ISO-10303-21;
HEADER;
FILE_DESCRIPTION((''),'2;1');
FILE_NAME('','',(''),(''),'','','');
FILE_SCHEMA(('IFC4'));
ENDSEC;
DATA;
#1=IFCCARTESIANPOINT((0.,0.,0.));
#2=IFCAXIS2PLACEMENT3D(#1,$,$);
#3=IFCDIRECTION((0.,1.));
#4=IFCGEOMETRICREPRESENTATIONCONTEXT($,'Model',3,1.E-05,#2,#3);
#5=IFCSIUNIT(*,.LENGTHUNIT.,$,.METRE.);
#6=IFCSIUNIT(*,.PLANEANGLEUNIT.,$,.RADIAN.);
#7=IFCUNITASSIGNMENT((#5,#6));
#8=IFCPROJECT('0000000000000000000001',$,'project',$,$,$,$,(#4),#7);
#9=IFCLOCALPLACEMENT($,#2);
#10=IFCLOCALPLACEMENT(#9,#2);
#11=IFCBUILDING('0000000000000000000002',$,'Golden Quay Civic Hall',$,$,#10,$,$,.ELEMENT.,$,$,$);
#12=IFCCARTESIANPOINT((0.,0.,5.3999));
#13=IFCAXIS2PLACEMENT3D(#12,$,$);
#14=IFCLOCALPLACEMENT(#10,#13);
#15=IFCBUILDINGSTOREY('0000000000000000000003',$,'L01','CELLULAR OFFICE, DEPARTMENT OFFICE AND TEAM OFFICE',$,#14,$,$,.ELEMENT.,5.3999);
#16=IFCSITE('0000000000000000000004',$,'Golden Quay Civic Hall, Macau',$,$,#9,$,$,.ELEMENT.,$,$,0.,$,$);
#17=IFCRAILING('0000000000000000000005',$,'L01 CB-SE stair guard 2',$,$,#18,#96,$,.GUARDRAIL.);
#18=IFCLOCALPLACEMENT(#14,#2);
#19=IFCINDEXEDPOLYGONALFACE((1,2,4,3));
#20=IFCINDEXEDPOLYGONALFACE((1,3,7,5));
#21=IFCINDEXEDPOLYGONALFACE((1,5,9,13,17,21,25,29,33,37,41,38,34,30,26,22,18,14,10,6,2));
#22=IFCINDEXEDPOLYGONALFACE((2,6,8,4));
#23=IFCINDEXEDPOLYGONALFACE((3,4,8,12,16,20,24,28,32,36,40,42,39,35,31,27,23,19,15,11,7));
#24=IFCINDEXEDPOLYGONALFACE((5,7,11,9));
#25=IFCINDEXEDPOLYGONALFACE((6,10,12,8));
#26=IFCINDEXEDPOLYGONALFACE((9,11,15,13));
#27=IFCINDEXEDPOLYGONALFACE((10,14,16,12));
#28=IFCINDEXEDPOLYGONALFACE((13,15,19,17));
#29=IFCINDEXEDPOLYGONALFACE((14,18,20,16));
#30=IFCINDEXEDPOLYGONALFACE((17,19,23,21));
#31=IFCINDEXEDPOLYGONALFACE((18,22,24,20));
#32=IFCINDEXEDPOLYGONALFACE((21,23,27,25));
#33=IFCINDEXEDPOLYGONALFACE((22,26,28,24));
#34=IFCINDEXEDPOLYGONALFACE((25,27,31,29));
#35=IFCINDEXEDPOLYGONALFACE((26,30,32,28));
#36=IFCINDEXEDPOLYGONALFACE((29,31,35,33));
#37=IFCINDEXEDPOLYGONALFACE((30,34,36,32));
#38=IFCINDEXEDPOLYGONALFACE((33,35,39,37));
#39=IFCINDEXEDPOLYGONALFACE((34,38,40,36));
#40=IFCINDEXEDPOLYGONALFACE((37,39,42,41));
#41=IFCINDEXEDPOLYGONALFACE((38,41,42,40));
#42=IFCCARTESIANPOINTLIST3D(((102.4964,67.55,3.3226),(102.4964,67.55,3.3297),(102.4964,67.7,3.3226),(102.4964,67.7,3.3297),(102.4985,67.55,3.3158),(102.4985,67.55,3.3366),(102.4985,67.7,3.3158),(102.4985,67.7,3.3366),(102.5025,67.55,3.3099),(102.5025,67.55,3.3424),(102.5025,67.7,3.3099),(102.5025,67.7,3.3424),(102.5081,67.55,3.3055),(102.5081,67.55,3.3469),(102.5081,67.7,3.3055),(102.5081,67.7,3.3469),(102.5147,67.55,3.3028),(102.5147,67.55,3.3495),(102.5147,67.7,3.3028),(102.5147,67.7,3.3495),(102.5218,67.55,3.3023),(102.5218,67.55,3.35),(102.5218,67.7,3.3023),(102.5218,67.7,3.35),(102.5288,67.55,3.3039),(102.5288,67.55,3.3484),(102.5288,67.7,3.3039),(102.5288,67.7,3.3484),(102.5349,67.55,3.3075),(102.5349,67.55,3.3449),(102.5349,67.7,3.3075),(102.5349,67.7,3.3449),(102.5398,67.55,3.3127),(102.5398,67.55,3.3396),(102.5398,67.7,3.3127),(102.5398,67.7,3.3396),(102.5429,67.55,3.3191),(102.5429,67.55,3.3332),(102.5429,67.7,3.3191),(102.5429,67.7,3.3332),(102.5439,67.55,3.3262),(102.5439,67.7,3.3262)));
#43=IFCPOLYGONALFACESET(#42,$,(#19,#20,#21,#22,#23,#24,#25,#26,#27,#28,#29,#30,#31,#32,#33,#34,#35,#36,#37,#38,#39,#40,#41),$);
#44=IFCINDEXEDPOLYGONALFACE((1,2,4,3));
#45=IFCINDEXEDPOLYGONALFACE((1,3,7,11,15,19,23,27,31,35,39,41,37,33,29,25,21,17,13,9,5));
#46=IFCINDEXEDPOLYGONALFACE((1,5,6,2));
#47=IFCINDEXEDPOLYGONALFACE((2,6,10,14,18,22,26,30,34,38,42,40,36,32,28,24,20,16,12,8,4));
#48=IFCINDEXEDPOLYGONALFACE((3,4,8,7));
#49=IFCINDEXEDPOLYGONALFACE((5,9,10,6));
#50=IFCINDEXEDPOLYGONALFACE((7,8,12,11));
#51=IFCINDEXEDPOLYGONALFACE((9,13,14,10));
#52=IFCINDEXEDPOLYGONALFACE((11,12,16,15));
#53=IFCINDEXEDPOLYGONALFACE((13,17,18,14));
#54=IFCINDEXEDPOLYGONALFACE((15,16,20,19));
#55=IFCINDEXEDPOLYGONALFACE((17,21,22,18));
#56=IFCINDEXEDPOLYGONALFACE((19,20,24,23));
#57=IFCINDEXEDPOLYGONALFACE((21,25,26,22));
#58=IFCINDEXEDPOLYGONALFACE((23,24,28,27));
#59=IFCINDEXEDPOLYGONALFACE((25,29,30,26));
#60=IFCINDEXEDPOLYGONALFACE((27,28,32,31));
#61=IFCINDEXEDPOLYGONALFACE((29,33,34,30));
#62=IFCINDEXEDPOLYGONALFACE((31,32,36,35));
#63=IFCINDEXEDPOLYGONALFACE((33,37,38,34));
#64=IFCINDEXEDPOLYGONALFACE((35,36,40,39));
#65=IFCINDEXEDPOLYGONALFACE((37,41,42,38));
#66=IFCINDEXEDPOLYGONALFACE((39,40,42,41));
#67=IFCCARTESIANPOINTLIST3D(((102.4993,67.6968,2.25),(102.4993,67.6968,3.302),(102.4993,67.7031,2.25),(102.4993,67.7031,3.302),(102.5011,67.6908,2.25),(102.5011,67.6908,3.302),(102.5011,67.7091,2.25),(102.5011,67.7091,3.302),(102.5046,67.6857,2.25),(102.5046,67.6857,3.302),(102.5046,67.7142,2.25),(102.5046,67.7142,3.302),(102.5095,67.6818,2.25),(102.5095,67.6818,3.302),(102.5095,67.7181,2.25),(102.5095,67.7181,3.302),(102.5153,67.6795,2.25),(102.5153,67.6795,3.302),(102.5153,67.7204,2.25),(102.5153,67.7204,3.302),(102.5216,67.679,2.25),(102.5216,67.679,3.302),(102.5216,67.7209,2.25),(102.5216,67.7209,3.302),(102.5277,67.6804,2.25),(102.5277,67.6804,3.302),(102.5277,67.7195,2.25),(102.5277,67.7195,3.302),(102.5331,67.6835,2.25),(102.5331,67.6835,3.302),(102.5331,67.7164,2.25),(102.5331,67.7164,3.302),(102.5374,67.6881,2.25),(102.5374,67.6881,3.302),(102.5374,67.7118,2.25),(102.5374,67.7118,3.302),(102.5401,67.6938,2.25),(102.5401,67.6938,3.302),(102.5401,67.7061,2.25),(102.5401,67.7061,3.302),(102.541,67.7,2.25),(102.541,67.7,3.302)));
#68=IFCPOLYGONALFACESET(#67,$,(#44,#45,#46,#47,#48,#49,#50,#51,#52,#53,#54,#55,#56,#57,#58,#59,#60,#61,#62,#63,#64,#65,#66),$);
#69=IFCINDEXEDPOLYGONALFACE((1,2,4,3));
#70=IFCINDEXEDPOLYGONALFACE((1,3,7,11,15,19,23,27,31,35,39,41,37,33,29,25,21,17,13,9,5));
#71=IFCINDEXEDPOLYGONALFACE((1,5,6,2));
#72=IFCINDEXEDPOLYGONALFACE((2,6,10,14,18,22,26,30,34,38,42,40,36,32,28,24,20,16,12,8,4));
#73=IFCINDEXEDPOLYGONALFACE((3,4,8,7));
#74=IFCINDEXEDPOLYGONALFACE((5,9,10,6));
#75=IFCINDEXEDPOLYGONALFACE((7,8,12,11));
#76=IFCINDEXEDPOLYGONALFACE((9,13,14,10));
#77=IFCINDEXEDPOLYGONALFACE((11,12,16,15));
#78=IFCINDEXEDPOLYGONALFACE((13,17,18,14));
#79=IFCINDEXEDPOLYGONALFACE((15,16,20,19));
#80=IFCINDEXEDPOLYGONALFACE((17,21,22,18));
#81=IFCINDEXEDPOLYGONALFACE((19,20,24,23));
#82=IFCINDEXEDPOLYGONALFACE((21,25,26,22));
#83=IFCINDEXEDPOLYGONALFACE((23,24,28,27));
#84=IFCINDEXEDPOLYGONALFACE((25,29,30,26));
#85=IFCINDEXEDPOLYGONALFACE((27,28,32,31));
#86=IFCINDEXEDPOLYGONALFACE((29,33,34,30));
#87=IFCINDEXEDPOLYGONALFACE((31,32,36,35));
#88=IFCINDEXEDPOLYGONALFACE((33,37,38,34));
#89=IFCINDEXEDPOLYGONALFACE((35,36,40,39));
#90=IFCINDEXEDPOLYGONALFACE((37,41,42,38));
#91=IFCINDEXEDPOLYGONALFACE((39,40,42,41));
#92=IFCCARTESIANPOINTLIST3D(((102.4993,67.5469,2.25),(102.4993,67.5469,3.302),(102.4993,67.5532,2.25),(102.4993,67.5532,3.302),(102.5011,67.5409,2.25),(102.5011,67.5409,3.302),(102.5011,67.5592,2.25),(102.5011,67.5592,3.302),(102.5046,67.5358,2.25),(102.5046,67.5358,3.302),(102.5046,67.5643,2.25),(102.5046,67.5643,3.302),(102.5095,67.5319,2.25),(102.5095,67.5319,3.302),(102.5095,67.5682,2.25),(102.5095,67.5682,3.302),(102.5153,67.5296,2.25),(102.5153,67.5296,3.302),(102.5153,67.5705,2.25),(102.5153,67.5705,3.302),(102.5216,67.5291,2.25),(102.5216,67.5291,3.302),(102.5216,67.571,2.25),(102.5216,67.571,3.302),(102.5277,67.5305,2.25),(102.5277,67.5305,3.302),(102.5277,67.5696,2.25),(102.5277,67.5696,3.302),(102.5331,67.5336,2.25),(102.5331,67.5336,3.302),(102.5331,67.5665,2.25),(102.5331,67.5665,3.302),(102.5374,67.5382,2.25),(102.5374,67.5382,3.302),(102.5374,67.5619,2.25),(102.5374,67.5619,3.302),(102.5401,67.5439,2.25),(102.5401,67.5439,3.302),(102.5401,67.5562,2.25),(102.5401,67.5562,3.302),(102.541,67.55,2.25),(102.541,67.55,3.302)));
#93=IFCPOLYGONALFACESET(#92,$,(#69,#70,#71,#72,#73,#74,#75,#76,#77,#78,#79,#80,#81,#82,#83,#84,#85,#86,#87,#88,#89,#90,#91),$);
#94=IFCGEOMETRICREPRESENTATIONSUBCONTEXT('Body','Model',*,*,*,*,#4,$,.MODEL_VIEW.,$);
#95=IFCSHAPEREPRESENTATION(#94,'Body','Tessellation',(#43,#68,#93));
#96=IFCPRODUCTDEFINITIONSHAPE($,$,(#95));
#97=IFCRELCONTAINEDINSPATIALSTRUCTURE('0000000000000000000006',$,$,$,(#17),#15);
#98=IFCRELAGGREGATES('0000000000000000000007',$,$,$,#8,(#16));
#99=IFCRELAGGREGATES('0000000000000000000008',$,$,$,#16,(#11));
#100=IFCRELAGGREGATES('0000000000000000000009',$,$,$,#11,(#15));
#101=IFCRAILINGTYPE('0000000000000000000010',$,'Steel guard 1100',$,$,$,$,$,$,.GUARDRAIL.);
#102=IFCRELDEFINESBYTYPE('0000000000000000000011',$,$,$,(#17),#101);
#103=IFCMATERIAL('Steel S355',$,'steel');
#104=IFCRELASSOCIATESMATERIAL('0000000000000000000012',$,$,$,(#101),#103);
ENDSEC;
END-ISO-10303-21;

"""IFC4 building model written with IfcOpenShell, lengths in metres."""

from ifc_helpers import new_model, si_unit, direction, frame, origin, origin_2d, place, context, subcontext, project, spatial, circle, extrude, material, type_object, element, save


model = new_model("IFC4")

# Units and contexts
model_context = context("Model", 3, precision=1e-05, world=origin(), true_north=direction((0.0, 1.0)))
body_context = subcontext(model_context, "Body", "Model", "MODEL_VIEW")
ifc_project = project(units=[si_unit("LENGTHUNIT", "METRE"), si_unit("PLANEANGLEUNIT", "RADIAN")], contexts=[model_context])

# Site, building, storey
site_placement = place(None, origin())
site = spatial("IfcSite", under=ifc_project, at=site_placement, Name="Golden Quay Civic Hall, Macau", CompositionType="ELEMENT", RefElevation=0.0)
building_placement = place(site_placement, origin())
building = spatial("IfcBuilding", under=site, at=building_placement, Name="Golden Quay Civic Hall", CompositionType="ELEMENT")
storey_placement = place(building_placement, frame((0.0, 0.0, 5.3999)))
storey = spatial("IfcBuildingStorey", under=building, at=storey_placement, Name="L01", Description="CELLULAR OFFICE, DEPARTMENT OFFICE AND TEAM OFFICE", CompositionType="ELEMENT", Elevation=5.3999)

# Railing
ifc_material_1 = material(Name="Steel S355", Category="steel")
railing_type_1 = type_object("IfcRailingType", Name="Steel guard 1100", PredefinedType="GUARDRAIL", material=ifc_material_1)
railing_1_placement = place(storey_placement, frame((102.52, 67.7, 2.25)))
element("IfcRailing", 1, at=railing_1_placement, inside=storey, type_object=railing_type_1, Name="L01 CB-SE stair guard 2", PredefinedType="GUARDRAIL", context=body_context, shape_type="SweptSolid", body=[
    extrude(circle(Radius=0.0239, at=origin_2d()), frame((0.0, 0.0, 1.0762), z_axis=(0.0, -1.0, 0.0), x_axis=(1.0, 0.0, 0.0)), (0.0, 0.0, 1.0), 0.1499),
    extrude(circle(Radius=0.021, at=origin_2d()), origin(), (0.0, 0.0, 1.0), 1.052),
    extrude(circle(Radius=0.021, at=origin_2d()), frame((0.0, -0.1499, 0.0)), (0.0, 0.0, 1.0), 1.052),
])

save(model, "model.ifc")
